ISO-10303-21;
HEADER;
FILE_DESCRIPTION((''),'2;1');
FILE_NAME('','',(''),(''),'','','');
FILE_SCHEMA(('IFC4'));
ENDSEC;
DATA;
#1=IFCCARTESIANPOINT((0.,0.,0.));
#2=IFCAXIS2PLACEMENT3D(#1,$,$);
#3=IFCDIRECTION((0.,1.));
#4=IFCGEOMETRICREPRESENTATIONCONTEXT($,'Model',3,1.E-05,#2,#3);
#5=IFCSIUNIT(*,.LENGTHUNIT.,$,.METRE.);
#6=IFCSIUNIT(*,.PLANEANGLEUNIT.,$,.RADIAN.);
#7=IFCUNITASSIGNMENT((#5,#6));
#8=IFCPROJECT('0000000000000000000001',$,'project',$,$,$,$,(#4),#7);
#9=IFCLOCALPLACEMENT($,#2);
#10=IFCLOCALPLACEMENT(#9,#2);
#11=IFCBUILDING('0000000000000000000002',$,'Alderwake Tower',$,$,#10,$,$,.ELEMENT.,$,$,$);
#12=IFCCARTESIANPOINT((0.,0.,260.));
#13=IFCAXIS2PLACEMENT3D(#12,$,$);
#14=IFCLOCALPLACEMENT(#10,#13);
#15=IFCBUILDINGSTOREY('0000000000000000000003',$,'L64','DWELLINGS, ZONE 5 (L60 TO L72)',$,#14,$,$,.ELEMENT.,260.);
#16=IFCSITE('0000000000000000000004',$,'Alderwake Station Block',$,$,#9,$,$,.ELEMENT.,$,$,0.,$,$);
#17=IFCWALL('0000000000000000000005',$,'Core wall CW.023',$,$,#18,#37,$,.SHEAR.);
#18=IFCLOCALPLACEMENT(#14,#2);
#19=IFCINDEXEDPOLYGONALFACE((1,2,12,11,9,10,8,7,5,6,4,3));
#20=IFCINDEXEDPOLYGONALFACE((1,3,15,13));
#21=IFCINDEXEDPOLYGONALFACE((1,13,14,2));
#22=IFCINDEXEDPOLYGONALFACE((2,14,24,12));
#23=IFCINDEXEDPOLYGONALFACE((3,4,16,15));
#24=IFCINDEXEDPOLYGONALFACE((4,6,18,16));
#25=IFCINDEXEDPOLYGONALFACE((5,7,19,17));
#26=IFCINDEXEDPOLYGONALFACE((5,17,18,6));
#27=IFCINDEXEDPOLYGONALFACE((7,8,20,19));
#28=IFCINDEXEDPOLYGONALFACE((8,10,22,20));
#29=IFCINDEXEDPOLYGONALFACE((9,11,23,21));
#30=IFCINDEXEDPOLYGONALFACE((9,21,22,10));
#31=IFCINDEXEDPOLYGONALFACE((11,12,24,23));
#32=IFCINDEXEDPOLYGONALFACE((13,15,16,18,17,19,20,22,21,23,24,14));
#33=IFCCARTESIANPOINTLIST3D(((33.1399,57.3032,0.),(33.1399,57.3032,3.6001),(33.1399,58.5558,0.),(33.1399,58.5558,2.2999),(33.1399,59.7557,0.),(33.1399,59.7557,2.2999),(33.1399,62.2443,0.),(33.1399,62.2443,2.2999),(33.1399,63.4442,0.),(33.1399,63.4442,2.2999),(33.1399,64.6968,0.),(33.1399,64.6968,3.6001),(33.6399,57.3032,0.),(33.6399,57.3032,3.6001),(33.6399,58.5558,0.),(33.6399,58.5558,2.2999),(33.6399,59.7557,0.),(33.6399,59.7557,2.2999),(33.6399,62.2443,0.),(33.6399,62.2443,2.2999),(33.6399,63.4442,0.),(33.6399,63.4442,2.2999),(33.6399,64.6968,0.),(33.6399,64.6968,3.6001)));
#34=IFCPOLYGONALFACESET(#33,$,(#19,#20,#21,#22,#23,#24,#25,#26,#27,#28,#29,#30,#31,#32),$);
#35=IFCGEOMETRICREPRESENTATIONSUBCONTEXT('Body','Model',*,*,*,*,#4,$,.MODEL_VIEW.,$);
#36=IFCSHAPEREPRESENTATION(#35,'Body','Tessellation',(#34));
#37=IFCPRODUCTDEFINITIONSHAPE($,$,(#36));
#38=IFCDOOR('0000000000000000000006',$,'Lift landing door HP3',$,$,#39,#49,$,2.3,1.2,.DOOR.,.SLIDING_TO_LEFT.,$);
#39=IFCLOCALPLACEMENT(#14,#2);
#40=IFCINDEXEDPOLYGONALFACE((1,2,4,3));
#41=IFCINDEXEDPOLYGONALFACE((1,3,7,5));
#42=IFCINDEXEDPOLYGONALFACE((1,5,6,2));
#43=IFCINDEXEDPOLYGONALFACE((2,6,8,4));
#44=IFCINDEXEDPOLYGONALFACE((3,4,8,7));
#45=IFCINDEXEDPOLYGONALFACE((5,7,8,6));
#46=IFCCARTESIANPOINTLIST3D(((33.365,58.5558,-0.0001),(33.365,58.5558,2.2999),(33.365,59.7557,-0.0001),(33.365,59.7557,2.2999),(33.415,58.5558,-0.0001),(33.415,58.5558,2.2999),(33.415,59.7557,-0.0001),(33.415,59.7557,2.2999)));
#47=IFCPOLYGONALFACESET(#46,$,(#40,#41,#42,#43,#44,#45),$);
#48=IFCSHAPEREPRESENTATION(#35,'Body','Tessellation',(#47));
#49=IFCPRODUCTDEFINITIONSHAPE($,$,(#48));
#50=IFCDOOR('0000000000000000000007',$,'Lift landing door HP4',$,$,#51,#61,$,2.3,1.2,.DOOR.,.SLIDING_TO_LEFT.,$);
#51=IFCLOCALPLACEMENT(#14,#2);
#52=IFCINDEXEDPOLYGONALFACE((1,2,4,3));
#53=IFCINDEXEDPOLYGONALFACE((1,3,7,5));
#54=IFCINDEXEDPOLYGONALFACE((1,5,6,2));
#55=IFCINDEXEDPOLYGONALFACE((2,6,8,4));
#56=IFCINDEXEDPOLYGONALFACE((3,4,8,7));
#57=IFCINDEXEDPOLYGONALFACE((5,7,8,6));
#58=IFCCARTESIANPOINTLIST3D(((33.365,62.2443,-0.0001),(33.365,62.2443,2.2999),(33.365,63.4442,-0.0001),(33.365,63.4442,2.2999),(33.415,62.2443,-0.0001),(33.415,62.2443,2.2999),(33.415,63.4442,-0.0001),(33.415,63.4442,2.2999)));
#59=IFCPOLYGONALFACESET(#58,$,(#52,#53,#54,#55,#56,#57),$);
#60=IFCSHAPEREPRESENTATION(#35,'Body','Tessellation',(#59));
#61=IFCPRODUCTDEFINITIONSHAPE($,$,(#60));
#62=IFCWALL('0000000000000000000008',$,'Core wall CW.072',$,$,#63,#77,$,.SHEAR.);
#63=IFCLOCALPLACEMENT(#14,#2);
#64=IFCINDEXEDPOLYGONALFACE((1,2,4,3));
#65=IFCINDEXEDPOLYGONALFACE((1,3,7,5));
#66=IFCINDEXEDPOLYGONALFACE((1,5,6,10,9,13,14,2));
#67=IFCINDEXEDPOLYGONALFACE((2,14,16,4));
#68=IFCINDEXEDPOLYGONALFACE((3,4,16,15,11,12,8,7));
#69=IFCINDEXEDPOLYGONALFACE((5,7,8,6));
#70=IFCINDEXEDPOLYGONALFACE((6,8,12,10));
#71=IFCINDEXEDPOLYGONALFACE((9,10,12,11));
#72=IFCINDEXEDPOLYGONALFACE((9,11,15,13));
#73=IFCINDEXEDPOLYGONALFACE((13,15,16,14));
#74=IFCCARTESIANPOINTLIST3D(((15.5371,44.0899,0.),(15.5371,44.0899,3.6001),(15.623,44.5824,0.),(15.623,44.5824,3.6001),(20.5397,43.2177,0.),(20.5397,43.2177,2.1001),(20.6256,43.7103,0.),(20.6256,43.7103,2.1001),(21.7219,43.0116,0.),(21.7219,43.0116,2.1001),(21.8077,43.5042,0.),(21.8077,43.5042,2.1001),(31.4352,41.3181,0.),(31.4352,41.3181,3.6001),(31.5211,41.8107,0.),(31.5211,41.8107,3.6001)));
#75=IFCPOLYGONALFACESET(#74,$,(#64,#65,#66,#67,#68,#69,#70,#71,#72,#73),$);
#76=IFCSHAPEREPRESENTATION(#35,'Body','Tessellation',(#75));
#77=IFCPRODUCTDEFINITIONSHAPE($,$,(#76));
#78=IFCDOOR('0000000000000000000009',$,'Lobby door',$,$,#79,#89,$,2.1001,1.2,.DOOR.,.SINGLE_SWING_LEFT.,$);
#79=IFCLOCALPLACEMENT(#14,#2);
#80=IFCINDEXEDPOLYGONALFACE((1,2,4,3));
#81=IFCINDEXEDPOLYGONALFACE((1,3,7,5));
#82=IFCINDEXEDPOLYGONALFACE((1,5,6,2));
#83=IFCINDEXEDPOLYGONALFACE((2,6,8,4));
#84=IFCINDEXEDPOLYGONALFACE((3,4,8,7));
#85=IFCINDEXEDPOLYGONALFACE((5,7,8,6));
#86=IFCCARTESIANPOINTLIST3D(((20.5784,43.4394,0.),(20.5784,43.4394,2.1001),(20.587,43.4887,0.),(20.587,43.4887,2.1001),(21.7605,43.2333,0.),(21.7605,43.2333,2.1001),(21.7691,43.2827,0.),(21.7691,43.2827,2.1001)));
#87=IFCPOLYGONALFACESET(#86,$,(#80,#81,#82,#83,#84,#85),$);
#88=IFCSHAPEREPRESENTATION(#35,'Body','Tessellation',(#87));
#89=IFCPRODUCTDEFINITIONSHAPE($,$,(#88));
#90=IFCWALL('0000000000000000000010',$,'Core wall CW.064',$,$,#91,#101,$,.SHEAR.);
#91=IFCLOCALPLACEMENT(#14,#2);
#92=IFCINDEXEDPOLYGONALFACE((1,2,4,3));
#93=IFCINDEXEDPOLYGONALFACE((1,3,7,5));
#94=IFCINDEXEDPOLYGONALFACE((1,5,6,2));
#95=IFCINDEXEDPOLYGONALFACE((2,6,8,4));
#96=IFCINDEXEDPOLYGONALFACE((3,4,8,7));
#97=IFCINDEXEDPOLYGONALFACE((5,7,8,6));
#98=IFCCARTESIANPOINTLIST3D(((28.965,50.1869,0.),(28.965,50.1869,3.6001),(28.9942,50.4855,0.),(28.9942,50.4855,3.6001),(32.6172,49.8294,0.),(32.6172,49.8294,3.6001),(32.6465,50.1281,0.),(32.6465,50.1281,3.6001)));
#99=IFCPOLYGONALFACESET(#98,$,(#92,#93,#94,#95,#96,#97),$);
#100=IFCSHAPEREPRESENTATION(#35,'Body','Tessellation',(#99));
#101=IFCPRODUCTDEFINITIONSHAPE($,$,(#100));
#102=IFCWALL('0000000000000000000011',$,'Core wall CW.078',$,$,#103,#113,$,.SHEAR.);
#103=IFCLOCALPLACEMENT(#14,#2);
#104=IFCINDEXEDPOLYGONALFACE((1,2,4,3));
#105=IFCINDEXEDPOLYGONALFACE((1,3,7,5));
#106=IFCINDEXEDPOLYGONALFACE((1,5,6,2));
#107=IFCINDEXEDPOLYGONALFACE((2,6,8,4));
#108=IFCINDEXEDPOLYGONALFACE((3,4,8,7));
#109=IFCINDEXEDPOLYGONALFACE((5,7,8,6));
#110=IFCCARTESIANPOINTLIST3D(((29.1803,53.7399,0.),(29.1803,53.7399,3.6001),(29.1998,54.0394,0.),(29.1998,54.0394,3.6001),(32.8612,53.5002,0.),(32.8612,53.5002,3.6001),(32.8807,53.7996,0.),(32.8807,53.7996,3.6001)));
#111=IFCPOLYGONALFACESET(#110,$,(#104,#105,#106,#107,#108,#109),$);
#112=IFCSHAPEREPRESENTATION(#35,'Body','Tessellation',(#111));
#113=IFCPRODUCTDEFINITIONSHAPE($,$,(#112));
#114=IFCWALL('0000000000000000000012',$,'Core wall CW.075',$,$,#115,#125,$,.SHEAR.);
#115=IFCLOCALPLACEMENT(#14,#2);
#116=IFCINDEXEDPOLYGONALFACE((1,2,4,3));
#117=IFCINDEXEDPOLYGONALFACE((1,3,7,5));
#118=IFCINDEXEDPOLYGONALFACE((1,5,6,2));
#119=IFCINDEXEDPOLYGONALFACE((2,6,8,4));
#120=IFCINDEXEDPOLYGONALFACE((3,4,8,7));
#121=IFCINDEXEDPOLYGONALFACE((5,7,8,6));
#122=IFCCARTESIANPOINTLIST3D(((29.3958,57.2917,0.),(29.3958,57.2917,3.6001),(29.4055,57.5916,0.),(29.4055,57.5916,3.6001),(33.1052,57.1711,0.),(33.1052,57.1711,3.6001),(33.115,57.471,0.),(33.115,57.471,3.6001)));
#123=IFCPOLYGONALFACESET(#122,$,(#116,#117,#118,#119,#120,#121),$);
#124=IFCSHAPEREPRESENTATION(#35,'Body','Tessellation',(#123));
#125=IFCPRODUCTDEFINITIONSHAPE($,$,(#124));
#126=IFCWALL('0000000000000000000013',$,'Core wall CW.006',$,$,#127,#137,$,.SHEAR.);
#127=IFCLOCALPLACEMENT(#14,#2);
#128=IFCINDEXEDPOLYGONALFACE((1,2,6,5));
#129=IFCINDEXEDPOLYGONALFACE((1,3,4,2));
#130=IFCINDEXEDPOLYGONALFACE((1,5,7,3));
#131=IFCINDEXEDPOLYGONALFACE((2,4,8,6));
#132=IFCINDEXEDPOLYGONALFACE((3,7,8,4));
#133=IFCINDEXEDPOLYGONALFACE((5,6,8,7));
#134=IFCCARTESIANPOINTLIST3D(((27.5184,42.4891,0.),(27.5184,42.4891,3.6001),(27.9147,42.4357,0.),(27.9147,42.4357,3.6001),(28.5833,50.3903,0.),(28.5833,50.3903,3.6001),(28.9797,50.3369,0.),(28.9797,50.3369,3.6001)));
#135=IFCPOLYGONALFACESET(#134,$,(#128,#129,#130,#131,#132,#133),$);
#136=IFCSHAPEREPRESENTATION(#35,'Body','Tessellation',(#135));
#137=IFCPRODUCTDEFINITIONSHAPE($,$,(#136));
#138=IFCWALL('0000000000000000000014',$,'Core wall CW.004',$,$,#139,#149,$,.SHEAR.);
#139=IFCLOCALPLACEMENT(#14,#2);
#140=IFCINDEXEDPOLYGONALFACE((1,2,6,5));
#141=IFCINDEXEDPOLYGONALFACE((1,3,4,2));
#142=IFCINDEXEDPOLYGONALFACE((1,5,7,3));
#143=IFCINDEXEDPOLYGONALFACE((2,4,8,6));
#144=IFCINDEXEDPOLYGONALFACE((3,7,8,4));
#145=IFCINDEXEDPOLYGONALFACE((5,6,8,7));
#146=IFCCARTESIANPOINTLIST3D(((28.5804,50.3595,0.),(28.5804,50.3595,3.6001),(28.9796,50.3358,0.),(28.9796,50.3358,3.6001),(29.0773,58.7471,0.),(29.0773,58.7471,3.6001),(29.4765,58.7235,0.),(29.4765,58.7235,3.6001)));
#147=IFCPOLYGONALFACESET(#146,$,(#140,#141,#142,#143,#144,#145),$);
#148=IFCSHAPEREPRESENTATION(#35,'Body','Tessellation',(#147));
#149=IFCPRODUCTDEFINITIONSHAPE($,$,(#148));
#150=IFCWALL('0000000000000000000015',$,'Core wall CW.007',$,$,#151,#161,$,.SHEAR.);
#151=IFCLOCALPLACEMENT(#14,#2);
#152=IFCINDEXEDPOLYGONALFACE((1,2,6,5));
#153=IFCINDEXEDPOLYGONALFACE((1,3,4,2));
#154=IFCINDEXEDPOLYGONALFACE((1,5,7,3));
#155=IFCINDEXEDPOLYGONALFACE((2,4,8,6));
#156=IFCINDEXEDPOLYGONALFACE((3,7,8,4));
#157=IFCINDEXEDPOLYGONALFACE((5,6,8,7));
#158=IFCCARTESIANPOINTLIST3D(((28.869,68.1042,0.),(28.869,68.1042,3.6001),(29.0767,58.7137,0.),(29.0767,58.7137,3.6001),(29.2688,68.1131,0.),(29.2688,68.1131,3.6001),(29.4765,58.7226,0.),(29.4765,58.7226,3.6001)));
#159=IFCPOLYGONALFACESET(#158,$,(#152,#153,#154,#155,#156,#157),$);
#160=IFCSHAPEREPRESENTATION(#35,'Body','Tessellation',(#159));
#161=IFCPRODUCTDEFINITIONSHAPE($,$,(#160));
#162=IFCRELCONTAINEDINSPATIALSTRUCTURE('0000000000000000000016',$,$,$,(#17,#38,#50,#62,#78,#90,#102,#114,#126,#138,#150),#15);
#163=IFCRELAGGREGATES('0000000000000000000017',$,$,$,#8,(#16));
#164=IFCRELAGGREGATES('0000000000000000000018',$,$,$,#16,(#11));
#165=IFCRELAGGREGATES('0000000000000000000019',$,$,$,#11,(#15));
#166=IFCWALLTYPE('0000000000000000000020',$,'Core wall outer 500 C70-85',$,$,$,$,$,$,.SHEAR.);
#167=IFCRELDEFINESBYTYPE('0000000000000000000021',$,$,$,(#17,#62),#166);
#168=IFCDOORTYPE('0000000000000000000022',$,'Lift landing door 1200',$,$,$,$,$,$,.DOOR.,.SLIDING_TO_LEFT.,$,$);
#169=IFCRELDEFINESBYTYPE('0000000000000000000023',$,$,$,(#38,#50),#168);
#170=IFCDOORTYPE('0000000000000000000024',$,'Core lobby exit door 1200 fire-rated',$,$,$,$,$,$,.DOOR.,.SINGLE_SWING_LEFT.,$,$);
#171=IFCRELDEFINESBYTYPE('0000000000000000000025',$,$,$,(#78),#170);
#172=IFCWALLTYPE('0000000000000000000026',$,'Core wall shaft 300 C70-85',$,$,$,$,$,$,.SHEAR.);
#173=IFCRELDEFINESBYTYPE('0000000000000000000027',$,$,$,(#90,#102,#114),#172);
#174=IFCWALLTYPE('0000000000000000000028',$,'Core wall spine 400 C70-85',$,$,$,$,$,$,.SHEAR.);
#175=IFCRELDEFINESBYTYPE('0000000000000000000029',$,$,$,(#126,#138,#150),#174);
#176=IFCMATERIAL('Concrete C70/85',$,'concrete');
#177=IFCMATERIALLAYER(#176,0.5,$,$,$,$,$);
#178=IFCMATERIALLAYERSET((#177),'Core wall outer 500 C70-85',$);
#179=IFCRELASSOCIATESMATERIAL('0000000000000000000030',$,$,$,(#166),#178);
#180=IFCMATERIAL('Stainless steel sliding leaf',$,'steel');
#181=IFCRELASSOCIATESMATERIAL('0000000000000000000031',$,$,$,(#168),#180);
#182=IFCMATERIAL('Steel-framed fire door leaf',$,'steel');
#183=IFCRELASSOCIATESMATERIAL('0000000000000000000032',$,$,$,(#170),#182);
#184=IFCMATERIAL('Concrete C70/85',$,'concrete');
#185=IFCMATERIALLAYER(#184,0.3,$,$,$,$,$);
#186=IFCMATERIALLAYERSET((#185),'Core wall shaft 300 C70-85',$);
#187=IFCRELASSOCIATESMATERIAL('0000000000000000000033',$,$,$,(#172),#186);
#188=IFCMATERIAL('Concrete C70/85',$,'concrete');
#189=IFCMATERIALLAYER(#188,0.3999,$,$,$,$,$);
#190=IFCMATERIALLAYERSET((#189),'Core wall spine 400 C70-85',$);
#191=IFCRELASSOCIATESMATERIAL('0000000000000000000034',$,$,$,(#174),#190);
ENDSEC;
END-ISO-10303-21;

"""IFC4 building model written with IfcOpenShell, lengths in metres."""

from ifc_helpers import new_model, si_unit, direction, frame, frame_2d, origin, place, context, subcontext, project, spatial, rectangle, extrude, material, layer, layer_set, type_object, element, fill, save


model = new_model("IFC4")

# Units and contexts
model_context = context("Model", 3, precision=1e-05, world=origin(), true_north=direction((0.0, 1.0)))
body_context = subcontext(model_context, "Body", "Model", "MODEL_VIEW")
ifc_project = project(units=[si_unit("LENGTHUNIT", "METRE"), si_unit("PLANEANGLEUNIT", "RADIAN")], contexts=[model_context])

# Site, building, storey
site_placement = place(None, origin())
site = spatial("IfcSite", under=ifc_project, at=site_placement, Name="Alderwake Station Block", CompositionType="ELEMENT", RefElevation=0.0)
building_placement = place(site_placement, origin())
building = spatial("IfcBuilding", under=site, at=building_placement, Name="Alderwake Tower", CompositionType="ELEMENT")
storey_placement = place(building_placement, frame((0.0, 0.0, 260.0)))
storey = spatial("IfcBuildingStorey", under=building, at=storey_placement, Name="L64", Description="DWELLINGS, ZONE 5 (L60 TO L72)", CompositionType="ELEMENT", Elevation=260.0)

# Shared definitions
ifc_material_1 = material(Name="Concrete C70/85", Category="concrete")
ifc_layer_1 = layer(ifc_material_1, 0.5)
ifc_layer_set_1 = layer_set([ifc_layer_1], Name="Core wall outer 500 C70-85")
wall_type_1 = type_object("IfcWallType", Name="Core wall outer 500 C70-85", PredefinedType="SHEAR", material=ifc_layer_set_1)

# Wall, openings, doors
ifc_material_2 = material(Name="Stainless steel sliding leaf", Category="steel")
door_type_1 = type_object("IfcDoorType", Name="Lift landing door 1200", OperationType="SLIDING_TO_LEFT", PredefinedType="DOOR", material=ifc_material_2)
wall_1_placement = place(storey_placement, frame((33.3899, 57.3032, 0.0), z_axis=(0.0, 0.0, 1.0), x_axis=(0.0, 1.0, 0.0)))
wall_1 = element("IfcWall", 1, at=wall_1_placement, inside=storey, type_object=wall_type_1, Name="Core wall CW.023", PredefinedType="SHEAR", context=body_context, shape_type="SweptSolid", body=[
    extrude(rectangle(XDim=7.3936, YDim=0.5, at=frame_2d((3.6968, 0.0))), origin(), (0.0, 0.0, 1.0), 3.6001),
])
opening_1_placement = place(wall_1_placement, frame((1.2524, 0.0, 0.0)))
opening_1 = element("IfcOpeningElement", 2, at=opening_1_placement, cuts=wall_1, PredefinedType="OPENING", context=body_context, shape_type="SweptSolid", body=[
    extrude(rectangle(XDim=1.2, YDim=2.3, at=frame_2d((0.6001, 1.1499))), frame((0.0, 0.26, 0.0), z_axis=(0.0, -1.0, 0.0), x_axis=(1.0, 0.0, 0.0)), (0.0, 0.0, 1.0), 0.52),
])
opening_2_placement = place(wall_1_placement, frame((4.9409, 0.0, 0.0)))
opening_2 = element("IfcOpeningElement", 3, at=opening_2_placement, cuts=wall_1, PredefinedType="OPENING", context=body_context, shape_type="SweptSolid", body=[
    extrude(rectangle(XDim=1.2, YDim=2.3, at=frame_2d((0.6001, 1.1499))), frame((0.0, 0.26, 0.0), z_axis=(0.0, -1.0, 0.0), x_axis=(1.0, 0.0, 0.0)), (0.0, 0.0, 1.0), 0.52),
])
door_1_placement = place(opening_1_placement, origin())
door_1 = element("IfcDoor", 4, at=door_1_placement, inside=storey, type_object=door_type_1, Name="Lift landing door HP3", OperationType="SLIDING_TO_LEFT", OverallHeight=2.3, OverallWidth=1.2, PredefinedType="DOOR", context=body_context, shape_type="SweptSolid", body=[
    extrude(rectangle(XDim=1.2, YDim=2.3, at=frame_2d((0.6001, 1.1499))), frame((0.0, 0.0249, 0.0), z_axis=(0.0, -1.0, 0.0), x_axis=(1.0, 0.0, 0.0)), (0.0, 0.0, 1.0), 0.05),
])
fill(opening_1, door_1)
door_2_placement = place(opening_2_placement, origin())
door_2 = element("IfcDoor", 5, at=door_2_placement, inside=storey, type_object=door_type_1, Name="Lift landing door HP4", OperationType="SLIDING_TO_LEFT", OverallHeight=2.3, OverallWidth=1.2, PredefinedType="DOOR", context=body_context, shape_type="SweptSolid", body=[
    extrude(rectangle(XDim=1.2, YDim=2.3, at=frame_2d((0.6001, 1.1499))), frame((0.0, 0.0249, 0.0), z_axis=(0.0, -1.0, 0.0), x_axis=(1.0, 0.0, 0.0)), (0.0, 0.0, 1.0), 0.05),
])
fill(opening_2, door_2)

# Wall, opening, door
wall_2_placement = place(storey_placement, frame((31.478, 41.5645, 0.0), z_axis=(0.0, 0.0, 1.0), x_axis=(-0.98514, 0.171752, 0.0)))
wall_2 = element("IfcWall", 6, at=wall_2_placement, inside=storey, type_object=wall_type_1, Name="Core wall CW.072", PredefinedType="SHEAR", context=body_context, shape_type="SweptSolid", body=[
    extrude(rectangle(XDim=16.1379, YDim=0.5, at=frame_2d((8.0688, 0.0))), origin(), (0.0, 0.0, 1.0), 3.6001),
])
opening_3_placement = place(wall_2_placement, frame((9.8596, 0.0, 0.0)))
opening_3 = element("IfcOpeningElement", 7, at=opening_3_placement, cuts=wall_2, PredefinedType="OPENING", context=body_context, shape_type="SweptSolid", body=[
    extrude(rectangle(XDim=1.2, YDim=2.1001, at=frame_2d((0.6001, 1.05))), frame((0.0, 0.26, 0.0), z_axis=(0.0, -1.0, 0.0), x_axis=(1.0, 0.0, 0.0)), (0.0, 0.0, 1.0), 0.52),
])
ifc_material_3 = material(Name="Steel-framed fire door leaf", Category="steel")
door_type_2 = type_object("IfcDoorType", Name="Core lobby exit door 1200 fire-rated", OperationType="SINGLE_SWING_LEFT", PredefinedType="DOOR", material=ifc_material_3)
door_3_placement = place(opening_3_placement, origin())
door_3 = element("IfcDoor", 8, at=door_3_placement, inside=storey, type_object=door_type_2, Name="Lobby door", OperationType="SINGLE_SWING_LEFT", OverallHeight=2.1001, OverallWidth=1.2, PredefinedType="DOOR", context=body_context, shape_type="SweptSolid", body=[
    extrude(rectangle(XDim=1.2, YDim=2.1001, at=frame_2d((0.6001, 1.05))), frame((0.0, 0.0249, 0.0), z_axis=(0.0, -1.0, 0.0), x_axis=(1.0, 0.0, 0.0)), (0.0, 0.0, 1.0), 0.05),
])
fill(opening_3, door_3)

# Walls
ifc_material_4 = material(Name="Concrete C70/85", Category="concrete")
ifc_layer_2 = layer(ifc_material_4, 0.3)
ifc_layer_set_2 = layer_set([ifc_layer_2], Name="Core wall shaft 300 C70-85")
wall_type_2 = type_object("IfcWallType", Name="Core wall shaft 300 C70-85", PredefinedType="SHEAR", material=ifc_layer_set_2)
wall_3_placement = place(storey_placement, frame((28.9795, 50.3362, 0.0), z_axis=(0.0, 0.0, 1.0), x_axis=(0.995246, -0.097396, 0.0)))
element("IfcWall", 9, at=wall_3_placement, inside=storey, type_object=wall_type_2, Name="Core wall CW.064", PredefinedType="SHEAR", context=body_context, shape_type="SweptSolid", body=[
    extrude(rectangle(XDim=3.6697, YDim=0.3, at=frame_2d((1.835, 0.0))), origin(), (0.0, 0.0, 1.0), 3.6001),
])
wall_4_placement = place(storey_placement, frame((29.1902, 53.8896, 0.0), z_axis=(0.0, 0.0, 1.0), x_axis=(0.997886, -0.064995, 0.0)))
element("IfcWall", 10, at=wall_4_placement, inside=storey, type_object=wall_type_2, Name="Core wall CW.078", PredefinedType="SHEAR", context=body_context, shape_type="SweptSolid", body=[
    extrude(rectangle(XDim=3.6887, YDim=0.3, at=frame_2d((1.8442, 0.0))), origin(), (0.0, 0.0, 1.0), 3.6001),
])
wall_5_placement = place(storey_placement, frame((29.4006, 57.4417, 0.0), z_axis=(0.0, 0.0, 1.0), x_axis=(0.999472, -0.032496, 0.0)))
element("IfcWall", 11, at=wall_5_placement, inside=storey, type_object=wall_type_2, Name="Core wall CW.075", PredefinedType="SHEAR", context=body_context, shape_type="SweptSolid", body=[
    extrude(rectangle(XDim=3.7114, YDim=0.3, at=frame_2d((1.8557, 0.0))), origin(), (0.0, 0.0, 1.0), 3.6001),
])
ifc_material_5 = material(Name="Concrete C70/85", Category="concrete")
ifc_layer_3 = layer(ifc_material_5, 0.3999)
ifc_layer_set_3 = layer_set([ifc_layer_3], Name="Core wall spine 400 C70-85")
wall_type_3 = type_object("IfcWallType", Name="Core wall spine 400 C70-85", PredefinedType="SHEAR", material=ifc_layer_set_3)
wall_6_placement = place(storey_placement, frame((27.7166, 42.4624, 0.0), z_axis=(0.0, 0.0, 1.0), x_axis=(0.133576, 0.991039, 0.0)))
element("IfcWall", 12, at=wall_6_placement, inside=storey, type_object=wall_type_3, Name="Core wall CW.006", PredefinedType="SHEAR", context=body_context, shape_type="SweptSolid", body=[
    extrude(rectangle(XDim=7.9727, YDim=0.3999, at=frame_2d((3.9863, 0.0))), origin(), (0.0, 0.0, 1.0), 3.6001),
])
wall_7_placement = place(storey_placement, frame((28.78, 50.3477, 0.0), z_axis=(0.0, 0.0, 1.0), x_axis=(0.059129, 0.99825, 0.0)))
element("IfcWall", 13, at=wall_7_placement, inside=storey, type_object=wall_type_3, Name="Core wall CW.004", PredefinedType="SHEAR", context=body_context, shape_type="SweptSolid", body=[
    extrude(rectangle(XDim=8.4023, YDim=0.3999, at=frame_2d((4.2012, 0.0))), origin(), (0.0, 0.0, 1.0), 3.6001),
])
wall_8_placement = place(storey_placement, frame((29.2766, 58.7183, 0.0), z_axis=(0.0, 0.0, 1.0), x_axis=(-0.022119, 0.999755, 0.0)))
element("IfcWall", 14, at=wall_8_placement, inside=storey, type_object=wall_type_3, Name="Core wall CW.007", PredefinedType="SHEAR", context=body_context, shape_type="SweptSolid", body=[
    extrude(rectangle(XDim=9.3928, YDim=0.3999, at=frame_2d((4.6963, 0.0))), origin(), (0.0, 0.0, 1.0), 3.6001),
])

save(model, "model.ifc")
